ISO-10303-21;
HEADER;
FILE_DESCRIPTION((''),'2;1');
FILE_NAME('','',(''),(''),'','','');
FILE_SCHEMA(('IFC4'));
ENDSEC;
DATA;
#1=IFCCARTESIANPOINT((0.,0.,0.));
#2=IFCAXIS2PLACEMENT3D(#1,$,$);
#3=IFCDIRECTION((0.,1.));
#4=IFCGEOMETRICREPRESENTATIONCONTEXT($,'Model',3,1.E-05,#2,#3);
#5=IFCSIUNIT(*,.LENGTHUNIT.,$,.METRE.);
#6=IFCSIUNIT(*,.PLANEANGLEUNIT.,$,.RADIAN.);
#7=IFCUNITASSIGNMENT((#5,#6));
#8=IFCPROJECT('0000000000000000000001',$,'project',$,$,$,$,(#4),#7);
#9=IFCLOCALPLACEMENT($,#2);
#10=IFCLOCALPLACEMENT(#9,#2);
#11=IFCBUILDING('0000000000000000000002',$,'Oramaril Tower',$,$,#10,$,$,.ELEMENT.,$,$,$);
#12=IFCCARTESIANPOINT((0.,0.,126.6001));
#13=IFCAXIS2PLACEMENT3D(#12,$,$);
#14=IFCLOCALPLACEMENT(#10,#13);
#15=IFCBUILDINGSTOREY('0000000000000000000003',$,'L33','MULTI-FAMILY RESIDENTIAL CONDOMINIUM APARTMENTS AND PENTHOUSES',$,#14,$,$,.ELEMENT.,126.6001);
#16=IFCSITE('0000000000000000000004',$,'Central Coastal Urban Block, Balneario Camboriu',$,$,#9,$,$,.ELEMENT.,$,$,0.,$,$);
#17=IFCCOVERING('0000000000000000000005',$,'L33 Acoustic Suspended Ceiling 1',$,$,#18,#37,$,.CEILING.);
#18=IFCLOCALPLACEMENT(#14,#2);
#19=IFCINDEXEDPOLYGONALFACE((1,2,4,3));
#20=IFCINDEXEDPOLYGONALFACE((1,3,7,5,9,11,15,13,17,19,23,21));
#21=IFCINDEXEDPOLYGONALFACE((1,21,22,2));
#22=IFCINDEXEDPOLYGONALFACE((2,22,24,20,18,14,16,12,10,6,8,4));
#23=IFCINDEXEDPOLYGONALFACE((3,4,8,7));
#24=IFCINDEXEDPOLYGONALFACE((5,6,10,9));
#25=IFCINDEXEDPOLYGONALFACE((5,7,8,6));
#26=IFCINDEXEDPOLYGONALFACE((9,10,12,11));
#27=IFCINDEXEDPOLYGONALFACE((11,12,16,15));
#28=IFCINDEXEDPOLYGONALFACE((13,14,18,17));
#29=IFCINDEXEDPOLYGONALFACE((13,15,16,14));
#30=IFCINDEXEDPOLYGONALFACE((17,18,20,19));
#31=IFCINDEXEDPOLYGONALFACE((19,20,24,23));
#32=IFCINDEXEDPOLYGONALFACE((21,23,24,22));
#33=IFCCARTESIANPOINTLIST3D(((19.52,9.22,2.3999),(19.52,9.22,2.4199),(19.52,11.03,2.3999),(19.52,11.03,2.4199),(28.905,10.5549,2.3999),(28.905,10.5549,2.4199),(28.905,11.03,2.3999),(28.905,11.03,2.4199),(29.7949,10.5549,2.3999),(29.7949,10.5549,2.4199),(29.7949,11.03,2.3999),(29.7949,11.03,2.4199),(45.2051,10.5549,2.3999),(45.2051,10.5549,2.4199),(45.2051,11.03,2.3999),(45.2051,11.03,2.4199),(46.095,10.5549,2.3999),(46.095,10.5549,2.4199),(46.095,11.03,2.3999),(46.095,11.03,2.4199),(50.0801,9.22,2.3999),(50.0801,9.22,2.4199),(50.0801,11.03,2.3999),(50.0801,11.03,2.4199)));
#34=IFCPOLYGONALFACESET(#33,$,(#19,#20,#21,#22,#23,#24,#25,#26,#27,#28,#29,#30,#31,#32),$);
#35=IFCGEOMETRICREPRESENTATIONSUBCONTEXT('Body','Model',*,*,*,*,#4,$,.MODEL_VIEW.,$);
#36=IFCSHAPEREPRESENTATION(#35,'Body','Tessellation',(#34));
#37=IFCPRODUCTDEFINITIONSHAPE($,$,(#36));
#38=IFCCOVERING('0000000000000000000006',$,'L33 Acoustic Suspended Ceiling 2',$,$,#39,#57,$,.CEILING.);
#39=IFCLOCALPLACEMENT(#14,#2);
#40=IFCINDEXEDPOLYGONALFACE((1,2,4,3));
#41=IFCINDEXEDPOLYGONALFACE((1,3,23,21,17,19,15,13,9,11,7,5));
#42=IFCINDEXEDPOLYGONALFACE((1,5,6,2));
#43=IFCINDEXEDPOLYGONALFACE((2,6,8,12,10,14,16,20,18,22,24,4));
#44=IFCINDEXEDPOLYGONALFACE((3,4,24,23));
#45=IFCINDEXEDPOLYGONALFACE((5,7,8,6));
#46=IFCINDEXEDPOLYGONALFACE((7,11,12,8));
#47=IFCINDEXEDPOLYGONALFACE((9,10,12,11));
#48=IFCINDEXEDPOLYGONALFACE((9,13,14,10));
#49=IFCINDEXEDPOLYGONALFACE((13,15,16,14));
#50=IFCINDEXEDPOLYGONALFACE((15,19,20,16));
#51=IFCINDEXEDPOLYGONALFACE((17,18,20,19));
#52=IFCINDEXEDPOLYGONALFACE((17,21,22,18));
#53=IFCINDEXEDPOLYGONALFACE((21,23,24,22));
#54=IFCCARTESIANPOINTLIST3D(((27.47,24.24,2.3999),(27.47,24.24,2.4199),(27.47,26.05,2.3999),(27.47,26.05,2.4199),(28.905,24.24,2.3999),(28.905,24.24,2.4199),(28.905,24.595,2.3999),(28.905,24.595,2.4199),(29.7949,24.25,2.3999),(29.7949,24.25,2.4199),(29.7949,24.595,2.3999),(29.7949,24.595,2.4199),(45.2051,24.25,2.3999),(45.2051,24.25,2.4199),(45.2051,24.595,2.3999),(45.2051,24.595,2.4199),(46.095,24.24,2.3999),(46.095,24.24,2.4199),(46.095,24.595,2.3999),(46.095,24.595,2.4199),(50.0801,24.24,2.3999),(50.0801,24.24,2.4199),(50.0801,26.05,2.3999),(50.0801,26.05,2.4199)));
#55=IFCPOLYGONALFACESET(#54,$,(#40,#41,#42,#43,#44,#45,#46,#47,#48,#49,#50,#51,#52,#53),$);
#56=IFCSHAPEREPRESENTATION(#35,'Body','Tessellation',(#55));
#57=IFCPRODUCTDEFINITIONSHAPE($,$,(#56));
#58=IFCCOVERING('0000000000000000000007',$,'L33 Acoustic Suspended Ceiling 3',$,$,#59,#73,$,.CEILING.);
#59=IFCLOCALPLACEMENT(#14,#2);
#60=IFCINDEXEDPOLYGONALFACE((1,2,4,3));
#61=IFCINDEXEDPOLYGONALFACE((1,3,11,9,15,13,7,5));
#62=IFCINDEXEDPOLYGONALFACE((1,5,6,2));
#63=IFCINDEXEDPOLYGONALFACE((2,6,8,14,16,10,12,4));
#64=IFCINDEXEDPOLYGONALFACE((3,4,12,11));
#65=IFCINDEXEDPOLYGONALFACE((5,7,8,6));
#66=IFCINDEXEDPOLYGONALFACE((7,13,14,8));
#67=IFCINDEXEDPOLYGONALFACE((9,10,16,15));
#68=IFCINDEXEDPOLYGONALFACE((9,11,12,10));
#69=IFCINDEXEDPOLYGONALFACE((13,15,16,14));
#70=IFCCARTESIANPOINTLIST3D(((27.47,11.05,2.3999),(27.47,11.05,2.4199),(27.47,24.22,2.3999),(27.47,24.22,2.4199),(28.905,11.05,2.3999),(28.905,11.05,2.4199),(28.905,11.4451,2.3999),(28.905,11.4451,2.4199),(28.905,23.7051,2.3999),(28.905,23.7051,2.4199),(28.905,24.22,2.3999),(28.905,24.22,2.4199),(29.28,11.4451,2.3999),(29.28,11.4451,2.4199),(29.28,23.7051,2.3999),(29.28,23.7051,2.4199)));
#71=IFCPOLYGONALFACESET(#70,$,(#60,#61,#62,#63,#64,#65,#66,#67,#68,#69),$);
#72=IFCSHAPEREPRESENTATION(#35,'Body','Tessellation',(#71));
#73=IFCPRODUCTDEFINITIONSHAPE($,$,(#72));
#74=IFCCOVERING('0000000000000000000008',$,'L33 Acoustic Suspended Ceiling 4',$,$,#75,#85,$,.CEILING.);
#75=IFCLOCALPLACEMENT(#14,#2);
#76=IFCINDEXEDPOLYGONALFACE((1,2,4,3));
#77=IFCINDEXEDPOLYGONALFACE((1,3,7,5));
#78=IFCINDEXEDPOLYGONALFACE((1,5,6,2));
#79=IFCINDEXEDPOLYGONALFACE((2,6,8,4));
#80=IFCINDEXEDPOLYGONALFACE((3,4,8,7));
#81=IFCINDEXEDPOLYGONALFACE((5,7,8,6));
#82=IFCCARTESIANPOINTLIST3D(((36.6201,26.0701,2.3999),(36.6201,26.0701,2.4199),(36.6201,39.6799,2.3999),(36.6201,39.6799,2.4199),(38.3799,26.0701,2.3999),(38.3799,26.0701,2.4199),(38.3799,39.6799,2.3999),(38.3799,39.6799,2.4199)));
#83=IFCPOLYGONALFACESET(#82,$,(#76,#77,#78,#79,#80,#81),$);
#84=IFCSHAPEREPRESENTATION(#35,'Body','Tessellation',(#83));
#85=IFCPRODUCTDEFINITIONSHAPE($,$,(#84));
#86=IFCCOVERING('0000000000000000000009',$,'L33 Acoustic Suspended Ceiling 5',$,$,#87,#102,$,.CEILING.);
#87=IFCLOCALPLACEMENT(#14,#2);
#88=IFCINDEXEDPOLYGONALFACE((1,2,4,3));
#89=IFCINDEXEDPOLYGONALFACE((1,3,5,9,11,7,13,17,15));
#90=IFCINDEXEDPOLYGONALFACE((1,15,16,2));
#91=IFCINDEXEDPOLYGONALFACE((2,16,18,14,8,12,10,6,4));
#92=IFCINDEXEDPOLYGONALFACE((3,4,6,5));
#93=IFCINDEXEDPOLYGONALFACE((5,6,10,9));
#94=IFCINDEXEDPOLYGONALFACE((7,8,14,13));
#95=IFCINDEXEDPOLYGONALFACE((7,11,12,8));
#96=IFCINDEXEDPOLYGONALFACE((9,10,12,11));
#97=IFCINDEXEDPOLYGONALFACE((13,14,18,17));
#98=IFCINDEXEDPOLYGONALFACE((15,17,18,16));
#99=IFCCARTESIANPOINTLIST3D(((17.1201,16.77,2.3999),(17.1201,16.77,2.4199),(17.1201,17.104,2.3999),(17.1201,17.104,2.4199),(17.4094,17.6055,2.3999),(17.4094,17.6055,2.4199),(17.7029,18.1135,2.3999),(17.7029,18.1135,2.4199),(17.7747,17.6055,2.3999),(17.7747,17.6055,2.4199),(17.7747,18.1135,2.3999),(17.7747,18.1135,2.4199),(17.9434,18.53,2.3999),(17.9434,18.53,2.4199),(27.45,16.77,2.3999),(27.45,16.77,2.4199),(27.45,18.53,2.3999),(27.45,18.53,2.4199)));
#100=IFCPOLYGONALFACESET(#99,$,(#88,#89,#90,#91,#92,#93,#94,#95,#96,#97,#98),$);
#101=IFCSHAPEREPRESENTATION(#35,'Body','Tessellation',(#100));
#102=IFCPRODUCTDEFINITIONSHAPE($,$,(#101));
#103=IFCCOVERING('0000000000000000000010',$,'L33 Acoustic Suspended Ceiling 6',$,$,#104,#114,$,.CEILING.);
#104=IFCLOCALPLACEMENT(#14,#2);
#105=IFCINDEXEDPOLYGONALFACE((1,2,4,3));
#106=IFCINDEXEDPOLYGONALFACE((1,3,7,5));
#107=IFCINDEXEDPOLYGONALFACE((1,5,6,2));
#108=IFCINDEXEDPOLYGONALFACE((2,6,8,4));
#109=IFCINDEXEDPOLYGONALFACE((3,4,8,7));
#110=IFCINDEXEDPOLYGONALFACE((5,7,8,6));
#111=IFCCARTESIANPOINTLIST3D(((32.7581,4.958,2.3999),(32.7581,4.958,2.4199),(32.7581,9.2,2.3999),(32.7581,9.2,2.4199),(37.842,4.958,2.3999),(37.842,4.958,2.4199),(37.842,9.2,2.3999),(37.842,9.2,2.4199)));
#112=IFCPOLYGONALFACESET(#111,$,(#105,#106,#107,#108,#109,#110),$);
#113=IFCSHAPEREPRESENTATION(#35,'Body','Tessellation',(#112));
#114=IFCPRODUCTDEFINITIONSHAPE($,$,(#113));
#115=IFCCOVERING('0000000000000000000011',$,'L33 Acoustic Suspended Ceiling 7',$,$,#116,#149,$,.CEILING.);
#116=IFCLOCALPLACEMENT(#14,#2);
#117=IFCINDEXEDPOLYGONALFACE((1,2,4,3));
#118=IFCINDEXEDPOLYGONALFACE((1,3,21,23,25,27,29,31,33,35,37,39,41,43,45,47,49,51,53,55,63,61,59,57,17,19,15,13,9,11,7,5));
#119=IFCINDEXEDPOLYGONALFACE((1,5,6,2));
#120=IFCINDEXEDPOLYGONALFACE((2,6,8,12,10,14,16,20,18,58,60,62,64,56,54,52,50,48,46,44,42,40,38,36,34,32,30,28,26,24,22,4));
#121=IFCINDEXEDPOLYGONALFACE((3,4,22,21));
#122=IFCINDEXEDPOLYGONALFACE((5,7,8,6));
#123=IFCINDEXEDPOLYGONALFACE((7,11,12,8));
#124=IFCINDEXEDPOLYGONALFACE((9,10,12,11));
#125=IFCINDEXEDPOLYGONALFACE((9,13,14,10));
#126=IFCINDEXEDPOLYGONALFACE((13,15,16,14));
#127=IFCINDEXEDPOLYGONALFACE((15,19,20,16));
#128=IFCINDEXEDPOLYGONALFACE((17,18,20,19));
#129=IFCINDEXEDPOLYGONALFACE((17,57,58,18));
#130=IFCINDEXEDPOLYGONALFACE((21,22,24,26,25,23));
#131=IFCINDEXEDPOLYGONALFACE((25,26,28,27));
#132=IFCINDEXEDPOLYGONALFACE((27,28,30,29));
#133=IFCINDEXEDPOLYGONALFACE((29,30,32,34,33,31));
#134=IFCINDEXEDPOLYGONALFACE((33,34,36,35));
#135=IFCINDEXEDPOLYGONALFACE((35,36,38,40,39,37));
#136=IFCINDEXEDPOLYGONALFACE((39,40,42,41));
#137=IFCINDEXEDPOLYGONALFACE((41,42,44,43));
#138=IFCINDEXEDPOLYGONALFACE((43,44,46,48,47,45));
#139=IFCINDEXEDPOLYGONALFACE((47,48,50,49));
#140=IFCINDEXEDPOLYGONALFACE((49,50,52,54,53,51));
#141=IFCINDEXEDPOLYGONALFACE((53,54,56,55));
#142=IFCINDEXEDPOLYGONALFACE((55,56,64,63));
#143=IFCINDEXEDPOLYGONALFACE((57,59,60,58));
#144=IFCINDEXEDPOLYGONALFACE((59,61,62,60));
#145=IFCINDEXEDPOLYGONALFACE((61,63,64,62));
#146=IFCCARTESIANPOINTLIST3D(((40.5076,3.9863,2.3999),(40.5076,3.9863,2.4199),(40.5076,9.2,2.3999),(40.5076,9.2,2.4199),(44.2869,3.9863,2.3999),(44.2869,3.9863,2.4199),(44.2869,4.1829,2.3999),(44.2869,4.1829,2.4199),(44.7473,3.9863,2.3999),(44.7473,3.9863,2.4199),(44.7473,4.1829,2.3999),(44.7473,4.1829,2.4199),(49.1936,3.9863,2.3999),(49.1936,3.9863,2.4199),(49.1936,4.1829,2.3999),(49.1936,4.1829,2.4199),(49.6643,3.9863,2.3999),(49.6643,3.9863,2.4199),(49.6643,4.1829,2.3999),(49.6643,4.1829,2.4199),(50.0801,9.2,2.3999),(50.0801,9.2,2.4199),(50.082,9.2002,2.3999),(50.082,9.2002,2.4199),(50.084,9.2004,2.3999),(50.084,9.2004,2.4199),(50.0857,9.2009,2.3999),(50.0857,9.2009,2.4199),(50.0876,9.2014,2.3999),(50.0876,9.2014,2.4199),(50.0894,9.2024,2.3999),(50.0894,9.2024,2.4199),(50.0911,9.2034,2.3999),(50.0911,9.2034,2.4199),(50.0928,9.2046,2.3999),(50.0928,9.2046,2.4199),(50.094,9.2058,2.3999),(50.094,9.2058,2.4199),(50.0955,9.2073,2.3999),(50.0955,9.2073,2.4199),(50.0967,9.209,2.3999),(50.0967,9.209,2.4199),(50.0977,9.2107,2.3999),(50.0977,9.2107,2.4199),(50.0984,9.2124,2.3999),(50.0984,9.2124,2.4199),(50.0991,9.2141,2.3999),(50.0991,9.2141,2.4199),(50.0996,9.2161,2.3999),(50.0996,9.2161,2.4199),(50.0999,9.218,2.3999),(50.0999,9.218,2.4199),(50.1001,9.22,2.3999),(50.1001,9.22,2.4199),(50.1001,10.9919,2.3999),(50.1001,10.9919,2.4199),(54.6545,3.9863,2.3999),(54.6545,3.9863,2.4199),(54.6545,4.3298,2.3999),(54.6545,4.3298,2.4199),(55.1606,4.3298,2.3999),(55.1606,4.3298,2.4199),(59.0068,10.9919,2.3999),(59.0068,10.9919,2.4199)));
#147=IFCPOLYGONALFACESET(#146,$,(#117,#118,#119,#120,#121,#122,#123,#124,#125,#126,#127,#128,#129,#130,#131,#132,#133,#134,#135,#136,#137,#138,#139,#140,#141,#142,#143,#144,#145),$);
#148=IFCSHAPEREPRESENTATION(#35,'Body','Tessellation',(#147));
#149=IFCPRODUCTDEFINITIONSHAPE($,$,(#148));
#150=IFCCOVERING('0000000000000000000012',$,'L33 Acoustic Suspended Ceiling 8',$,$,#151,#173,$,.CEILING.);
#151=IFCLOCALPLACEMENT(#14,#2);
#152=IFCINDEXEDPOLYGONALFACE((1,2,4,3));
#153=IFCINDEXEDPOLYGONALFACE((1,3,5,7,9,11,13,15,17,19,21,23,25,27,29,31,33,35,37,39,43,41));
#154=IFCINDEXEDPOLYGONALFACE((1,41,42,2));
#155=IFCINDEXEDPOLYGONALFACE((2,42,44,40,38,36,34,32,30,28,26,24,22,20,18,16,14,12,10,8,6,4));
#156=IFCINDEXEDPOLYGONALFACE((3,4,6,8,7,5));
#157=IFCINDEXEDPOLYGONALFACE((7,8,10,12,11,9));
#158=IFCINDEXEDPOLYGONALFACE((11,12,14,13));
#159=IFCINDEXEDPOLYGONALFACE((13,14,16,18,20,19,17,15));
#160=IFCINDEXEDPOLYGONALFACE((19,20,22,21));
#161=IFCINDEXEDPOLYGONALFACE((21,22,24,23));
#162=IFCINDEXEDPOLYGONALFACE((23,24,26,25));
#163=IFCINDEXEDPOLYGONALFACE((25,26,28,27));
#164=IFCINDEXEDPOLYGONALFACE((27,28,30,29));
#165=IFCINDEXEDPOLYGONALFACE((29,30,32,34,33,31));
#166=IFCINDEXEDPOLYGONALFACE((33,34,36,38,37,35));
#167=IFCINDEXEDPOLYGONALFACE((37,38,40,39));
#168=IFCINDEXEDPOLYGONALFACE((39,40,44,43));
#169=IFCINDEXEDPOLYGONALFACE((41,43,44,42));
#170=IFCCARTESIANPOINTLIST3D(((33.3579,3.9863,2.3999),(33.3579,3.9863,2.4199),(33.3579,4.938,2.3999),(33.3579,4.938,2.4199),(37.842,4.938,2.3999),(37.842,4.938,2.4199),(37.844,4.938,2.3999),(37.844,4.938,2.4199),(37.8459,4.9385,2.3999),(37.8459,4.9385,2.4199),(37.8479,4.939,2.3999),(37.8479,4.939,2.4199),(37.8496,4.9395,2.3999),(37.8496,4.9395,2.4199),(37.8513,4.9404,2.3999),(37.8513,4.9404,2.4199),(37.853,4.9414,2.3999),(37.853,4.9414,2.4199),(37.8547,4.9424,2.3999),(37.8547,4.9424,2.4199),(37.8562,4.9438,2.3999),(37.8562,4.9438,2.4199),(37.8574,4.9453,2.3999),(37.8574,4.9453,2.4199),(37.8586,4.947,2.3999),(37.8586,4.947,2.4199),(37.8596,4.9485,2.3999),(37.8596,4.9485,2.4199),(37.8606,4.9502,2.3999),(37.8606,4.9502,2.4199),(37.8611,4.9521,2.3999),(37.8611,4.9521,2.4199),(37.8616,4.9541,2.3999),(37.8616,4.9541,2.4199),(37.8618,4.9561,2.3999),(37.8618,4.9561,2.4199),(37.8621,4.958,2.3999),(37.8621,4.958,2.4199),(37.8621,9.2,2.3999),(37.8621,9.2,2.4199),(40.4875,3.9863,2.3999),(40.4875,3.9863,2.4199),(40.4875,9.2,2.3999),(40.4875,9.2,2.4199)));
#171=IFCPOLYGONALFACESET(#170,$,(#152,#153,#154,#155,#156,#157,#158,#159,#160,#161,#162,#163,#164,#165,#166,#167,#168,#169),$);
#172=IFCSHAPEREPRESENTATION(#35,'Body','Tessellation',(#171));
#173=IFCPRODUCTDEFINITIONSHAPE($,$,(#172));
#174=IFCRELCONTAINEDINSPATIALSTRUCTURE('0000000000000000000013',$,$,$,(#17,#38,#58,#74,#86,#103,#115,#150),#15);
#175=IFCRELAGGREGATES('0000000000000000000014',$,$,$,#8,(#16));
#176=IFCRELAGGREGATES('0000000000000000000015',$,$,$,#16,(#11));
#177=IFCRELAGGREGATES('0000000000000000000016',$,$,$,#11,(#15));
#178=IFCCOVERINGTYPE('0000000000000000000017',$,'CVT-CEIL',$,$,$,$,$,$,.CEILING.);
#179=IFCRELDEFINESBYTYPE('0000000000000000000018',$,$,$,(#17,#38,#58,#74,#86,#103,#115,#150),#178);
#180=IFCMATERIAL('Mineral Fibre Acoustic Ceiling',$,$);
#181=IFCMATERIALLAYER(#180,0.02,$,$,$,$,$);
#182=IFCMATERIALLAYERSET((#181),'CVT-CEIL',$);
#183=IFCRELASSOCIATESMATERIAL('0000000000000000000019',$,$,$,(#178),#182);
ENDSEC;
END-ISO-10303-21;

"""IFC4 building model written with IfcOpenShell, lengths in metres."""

from ifc_helpers import new_model, si_unit, direction, frame, origin, place, context, subcontext, project, spatial, polyline, outline, extrude, material, layer, layer_set, type_object, element, save


model = new_model("IFC4")

# Units and contexts
model_context = context("Model", 3, precision=1e-05, world=origin(), true_north=direction((0.0, 1.0)))
body_context = subcontext(model_context, "Body", "Model", "MODEL_VIEW")
ifc_project = project(units=[si_unit("LENGTHUNIT", "METRE"), si_unit("PLANEANGLEUNIT", "RADIAN")], contexts=[model_context])

# Site, building, storey
site_placement = place(None, origin())
site = spatial("IfcSite", under=ifc_project, at=site_placement, Name="Central Coastal Urban Block, Balneario Camboriu", CompositionType="ELEMENT", RefElevation=0.0)
building_placement = place(site_placement, origin())
building = spatial("IfcBuilding", under=site, at=building_placement, Name="Oramaril Tower", CompositionType="ELEMENT")
storey_placement = place(building_placement, frame((0.0, 0.0, 126.6001)))
storey = spatial("IfcBuildingStorey", under=building, at=storey_placement, Name="L33", Description="MULTI-FAMILY RESIDENTIAL CONDOMINIUM APARTMENTS AND PENTHOUSES", CompositionType="ELEMENT", Elevation=126.6001)

# Coverings
ifc_material_1 = material(Name="Mineral Fibre Acoustic Ceiling")
ifc_layer_1 = layer(ifc_material_1, 0.02)
ifc_layer_set_1 = layer_set([ifc_layer_1], Name="CVT-CEIL")
covering_type_1 = type_object("IfcCoveringType", Name="CVT-CEIL", PredefinedType="CEILING", material=ifc_layer_set_1)
covering_1_placement = place(storey_placement, frame((0.0, 0.0, 2.3999)))
element("IfcCovering", 1, at=covering_1_placement, inside=storey, type_object=covering_type_1, Name="L33 Acoustic Suspended Ceiling 1", PredefinedType="CEILING", context=body_context, shape_type="SweptSolid", body=[
    extrude(outline(polyline([(28.905, 10.5549), (29.7949, 10.5549), (29.7949, 11.03), (45.2051, 11.03), (45.2051, 10.5549), (46.095, 10.5549), (46.095, 11.03), (50.0801, 11.03), (50.0801, 9.22), (19.52, 9.22), (19.52, 11.03), (28.905, 11.03), (28.905, 10.5549)])), origin(), (0.0, 0.0, 1.0), 0.02),
])
covering_2_placement = place(storey_placement, frame((0.0, 0.0, 2.3999)))
element("IfcCovering", 2, at=covering_2_placement, inside=storey, type_object=covering_type_1, Name="L33 Acoustic Suspended Ceiling 2", PredefinedType="CEILING", context=body_context, shape_type="SweptSolid", body=[
    extrude(outline(polyline([(50.0801, 24.24), (46.095, 24.24), (46.095, 24.595), (45.2051, 24.595), (45.2051, 24.25), (29.7949, 24.25), (29.7949, 24.595), (28.905, 24.595), (28.905, 24.24), (27.47, 24.24), (27.47, 26.05), (50.0801, 26.05), (50.0801, 24.24)])), origin(), (0.0, 0.0, 1.0), 0.02),
])
covering_3_placement = place(storey_placement, frame((0.0, 0.0, 2.3999)))
element("IfcCovering", 3, at=covering_3_placement, inside=storey, type_object=covering_type_1, Name="L33 Acoustic Suspended Ceiling 3", PredefinedType="CEILING", context=body_context, shape_type="SweptSolid", body=[
    extrude(outline(polyline([(28.905, 23.7051), (29.28, 23.7051), (29.28, 11.4451), (28.905, 11.4451), (28.905, 11.05), (27.47, 11.05), (27.47, 24.22), (28.905, 24.22), (28.905, 23.7051)])), origin(), (0.0, 0.0, 1.0), 0.02),
])
covering_4_placement = place(storey_placement, frame((0.0, 0.0, 2.3999)))
element("IfcCovering", 4, at=covering_4_placement, inside=storey, type_object=covering_type_1, Name="L33 Acoustic Suspended Ceiling 4", PredefinedType="CEILING", context=body_context, shape_type="SweptSolid", body=[
    extrude(outline(polyline([(38.3799, 26.0701), (36.6201, 26.0701), (36.6201, 39.6799), (38.3799, 39.6799), (38.3799, 26.0701)])), origin(), (0.0, 0.0, 1.0), 0.02),
])
covering_5_placement = place(storey_placement, frame((0.0, 0.0, 2.3999)))
element("IfcCovering", 5, at=covering_5_placement, inside=storey, type_object=covering_type_1, Name="L33 Acoustic Suspended Ceiling 5", PredefinedType="CEILING", context=body_context, shape_type="SweptSolid", body=[
    extrude(outline(polyline([(17.1201, 16.77), (17.1201, 17.104), (17.4094, 17.6055), (17.7747, 17.6055), (17.7747, 18.1135), (17.7029, 18.1135), (17.9434, 18.53), (27.45, 18.53), (27.45, 16.77), (17.1201, 16.77)])), origin(), (0.0, 0.0, 1.0), 0.02),
])
covering_6_placement = place(storey_placement, frame((0.0, 0.0, 2.3999)))
element("IfcCovering", 6, at=covering_6_placement, inside=storey, type_object=covering_type_1, Name="L33 Acoustic Suspended Ceiling 6", PredefinedType="CEILING", context=body_context, shape_type="SweptSolid", body=[
    extrude(outline(polyline([(32.7581, 4.958), (32.7581, 9.2), (37.842, 9.2), (37.842, 4.958), (32.7581, 4.958)])), origin(), (0.0, 0.0, 1.0), 0.02),
])
covering_7_placement = place(storey_placement, frame((0.0, 0.0, 2.3999)))
element("IfcCovering", 7, at=covering_7_placement, inside=storey, type_object=covering_type_1, Name="L33 Acoustic Suspended Ceiling 7", PredefinedType="CEILING", context=body_context, shape_type="SweptSolid", body=[
    extrude(outline(polyline([(55.1606, 4.3298), (54.6545, 4.3298), (54.6545, 3.9863), (49.6643, 3.9863), (49.6643, 4.1829), (49.1936, 4.1829), (49.1936, 3.9863), (44.7473, 3.9863), (44.7473, 4.1829), (44.2869, 4.1829), (44.2869, 3.9863), (40.5076, 3.9863), (40.5076, 9.2), (50.0801, 9.2), (50.082, 9.2002), (50.084, 9.2004), (50.0857, 9.2009), (50.0876, 9.2014), (50.0894, 9.2024), (50.0911, 9.2034), (50.0928, 9.2046), (50.094, 9.2058), (50.0955, 9.2073), (50.0967, 9.209), (50.0977, 9.2107), (50.0984, 9.2124), (50.0991, 9.2141), (50.0996, 9.2161), (50.0999, 9.218), (50.1001, 9.22), (50.1001, 10.9919), (59.0068, 10.9919), (55.1606, 4.3298)])), origin(), (0.0, 0.0, 1.0), 0.02),
])
covering_8_placement = place(storey_placement, frame((0.0, 0.0, 2.3999)))
element("IfcCovering", 8, at=covering_8_placement, inside=storey, type_object=covering_type_1, Name="L33 Acoustic Suspended Ceiling 8", PredefinedType="CEILING", context=body_context, shape_type="SweptSolid", body=[
    extrude(outline(polyline([(33.3579, 3.9863), (33.3579, 4.938), (37.842, 4.938), (37.844, 4.938), (37.8459, 4.9385), (37.8479, 4.939), (37.8496, 4.9395), (37.8513, 4.9404), (37.853, 4.9414), (37.8547, 4.9424), (37.8562, 4.9438), (37.8574, 4.9453), (37.8586, 4.947), (37.8596, 4.9485), (37.8606, 4.9502), (37.8611, 4.9521), (37.8616, 4.9541), (37.8618, 4.9561), (37.8621, 4.958), (37.8621, 9.2), (40.4875, 9.2), (40.4875, 3.9863), (33.3579, 3.9863)])), origin(), (0.0, 0.0, 1.0), 0.02),
])

save(model, "model.ifc")
